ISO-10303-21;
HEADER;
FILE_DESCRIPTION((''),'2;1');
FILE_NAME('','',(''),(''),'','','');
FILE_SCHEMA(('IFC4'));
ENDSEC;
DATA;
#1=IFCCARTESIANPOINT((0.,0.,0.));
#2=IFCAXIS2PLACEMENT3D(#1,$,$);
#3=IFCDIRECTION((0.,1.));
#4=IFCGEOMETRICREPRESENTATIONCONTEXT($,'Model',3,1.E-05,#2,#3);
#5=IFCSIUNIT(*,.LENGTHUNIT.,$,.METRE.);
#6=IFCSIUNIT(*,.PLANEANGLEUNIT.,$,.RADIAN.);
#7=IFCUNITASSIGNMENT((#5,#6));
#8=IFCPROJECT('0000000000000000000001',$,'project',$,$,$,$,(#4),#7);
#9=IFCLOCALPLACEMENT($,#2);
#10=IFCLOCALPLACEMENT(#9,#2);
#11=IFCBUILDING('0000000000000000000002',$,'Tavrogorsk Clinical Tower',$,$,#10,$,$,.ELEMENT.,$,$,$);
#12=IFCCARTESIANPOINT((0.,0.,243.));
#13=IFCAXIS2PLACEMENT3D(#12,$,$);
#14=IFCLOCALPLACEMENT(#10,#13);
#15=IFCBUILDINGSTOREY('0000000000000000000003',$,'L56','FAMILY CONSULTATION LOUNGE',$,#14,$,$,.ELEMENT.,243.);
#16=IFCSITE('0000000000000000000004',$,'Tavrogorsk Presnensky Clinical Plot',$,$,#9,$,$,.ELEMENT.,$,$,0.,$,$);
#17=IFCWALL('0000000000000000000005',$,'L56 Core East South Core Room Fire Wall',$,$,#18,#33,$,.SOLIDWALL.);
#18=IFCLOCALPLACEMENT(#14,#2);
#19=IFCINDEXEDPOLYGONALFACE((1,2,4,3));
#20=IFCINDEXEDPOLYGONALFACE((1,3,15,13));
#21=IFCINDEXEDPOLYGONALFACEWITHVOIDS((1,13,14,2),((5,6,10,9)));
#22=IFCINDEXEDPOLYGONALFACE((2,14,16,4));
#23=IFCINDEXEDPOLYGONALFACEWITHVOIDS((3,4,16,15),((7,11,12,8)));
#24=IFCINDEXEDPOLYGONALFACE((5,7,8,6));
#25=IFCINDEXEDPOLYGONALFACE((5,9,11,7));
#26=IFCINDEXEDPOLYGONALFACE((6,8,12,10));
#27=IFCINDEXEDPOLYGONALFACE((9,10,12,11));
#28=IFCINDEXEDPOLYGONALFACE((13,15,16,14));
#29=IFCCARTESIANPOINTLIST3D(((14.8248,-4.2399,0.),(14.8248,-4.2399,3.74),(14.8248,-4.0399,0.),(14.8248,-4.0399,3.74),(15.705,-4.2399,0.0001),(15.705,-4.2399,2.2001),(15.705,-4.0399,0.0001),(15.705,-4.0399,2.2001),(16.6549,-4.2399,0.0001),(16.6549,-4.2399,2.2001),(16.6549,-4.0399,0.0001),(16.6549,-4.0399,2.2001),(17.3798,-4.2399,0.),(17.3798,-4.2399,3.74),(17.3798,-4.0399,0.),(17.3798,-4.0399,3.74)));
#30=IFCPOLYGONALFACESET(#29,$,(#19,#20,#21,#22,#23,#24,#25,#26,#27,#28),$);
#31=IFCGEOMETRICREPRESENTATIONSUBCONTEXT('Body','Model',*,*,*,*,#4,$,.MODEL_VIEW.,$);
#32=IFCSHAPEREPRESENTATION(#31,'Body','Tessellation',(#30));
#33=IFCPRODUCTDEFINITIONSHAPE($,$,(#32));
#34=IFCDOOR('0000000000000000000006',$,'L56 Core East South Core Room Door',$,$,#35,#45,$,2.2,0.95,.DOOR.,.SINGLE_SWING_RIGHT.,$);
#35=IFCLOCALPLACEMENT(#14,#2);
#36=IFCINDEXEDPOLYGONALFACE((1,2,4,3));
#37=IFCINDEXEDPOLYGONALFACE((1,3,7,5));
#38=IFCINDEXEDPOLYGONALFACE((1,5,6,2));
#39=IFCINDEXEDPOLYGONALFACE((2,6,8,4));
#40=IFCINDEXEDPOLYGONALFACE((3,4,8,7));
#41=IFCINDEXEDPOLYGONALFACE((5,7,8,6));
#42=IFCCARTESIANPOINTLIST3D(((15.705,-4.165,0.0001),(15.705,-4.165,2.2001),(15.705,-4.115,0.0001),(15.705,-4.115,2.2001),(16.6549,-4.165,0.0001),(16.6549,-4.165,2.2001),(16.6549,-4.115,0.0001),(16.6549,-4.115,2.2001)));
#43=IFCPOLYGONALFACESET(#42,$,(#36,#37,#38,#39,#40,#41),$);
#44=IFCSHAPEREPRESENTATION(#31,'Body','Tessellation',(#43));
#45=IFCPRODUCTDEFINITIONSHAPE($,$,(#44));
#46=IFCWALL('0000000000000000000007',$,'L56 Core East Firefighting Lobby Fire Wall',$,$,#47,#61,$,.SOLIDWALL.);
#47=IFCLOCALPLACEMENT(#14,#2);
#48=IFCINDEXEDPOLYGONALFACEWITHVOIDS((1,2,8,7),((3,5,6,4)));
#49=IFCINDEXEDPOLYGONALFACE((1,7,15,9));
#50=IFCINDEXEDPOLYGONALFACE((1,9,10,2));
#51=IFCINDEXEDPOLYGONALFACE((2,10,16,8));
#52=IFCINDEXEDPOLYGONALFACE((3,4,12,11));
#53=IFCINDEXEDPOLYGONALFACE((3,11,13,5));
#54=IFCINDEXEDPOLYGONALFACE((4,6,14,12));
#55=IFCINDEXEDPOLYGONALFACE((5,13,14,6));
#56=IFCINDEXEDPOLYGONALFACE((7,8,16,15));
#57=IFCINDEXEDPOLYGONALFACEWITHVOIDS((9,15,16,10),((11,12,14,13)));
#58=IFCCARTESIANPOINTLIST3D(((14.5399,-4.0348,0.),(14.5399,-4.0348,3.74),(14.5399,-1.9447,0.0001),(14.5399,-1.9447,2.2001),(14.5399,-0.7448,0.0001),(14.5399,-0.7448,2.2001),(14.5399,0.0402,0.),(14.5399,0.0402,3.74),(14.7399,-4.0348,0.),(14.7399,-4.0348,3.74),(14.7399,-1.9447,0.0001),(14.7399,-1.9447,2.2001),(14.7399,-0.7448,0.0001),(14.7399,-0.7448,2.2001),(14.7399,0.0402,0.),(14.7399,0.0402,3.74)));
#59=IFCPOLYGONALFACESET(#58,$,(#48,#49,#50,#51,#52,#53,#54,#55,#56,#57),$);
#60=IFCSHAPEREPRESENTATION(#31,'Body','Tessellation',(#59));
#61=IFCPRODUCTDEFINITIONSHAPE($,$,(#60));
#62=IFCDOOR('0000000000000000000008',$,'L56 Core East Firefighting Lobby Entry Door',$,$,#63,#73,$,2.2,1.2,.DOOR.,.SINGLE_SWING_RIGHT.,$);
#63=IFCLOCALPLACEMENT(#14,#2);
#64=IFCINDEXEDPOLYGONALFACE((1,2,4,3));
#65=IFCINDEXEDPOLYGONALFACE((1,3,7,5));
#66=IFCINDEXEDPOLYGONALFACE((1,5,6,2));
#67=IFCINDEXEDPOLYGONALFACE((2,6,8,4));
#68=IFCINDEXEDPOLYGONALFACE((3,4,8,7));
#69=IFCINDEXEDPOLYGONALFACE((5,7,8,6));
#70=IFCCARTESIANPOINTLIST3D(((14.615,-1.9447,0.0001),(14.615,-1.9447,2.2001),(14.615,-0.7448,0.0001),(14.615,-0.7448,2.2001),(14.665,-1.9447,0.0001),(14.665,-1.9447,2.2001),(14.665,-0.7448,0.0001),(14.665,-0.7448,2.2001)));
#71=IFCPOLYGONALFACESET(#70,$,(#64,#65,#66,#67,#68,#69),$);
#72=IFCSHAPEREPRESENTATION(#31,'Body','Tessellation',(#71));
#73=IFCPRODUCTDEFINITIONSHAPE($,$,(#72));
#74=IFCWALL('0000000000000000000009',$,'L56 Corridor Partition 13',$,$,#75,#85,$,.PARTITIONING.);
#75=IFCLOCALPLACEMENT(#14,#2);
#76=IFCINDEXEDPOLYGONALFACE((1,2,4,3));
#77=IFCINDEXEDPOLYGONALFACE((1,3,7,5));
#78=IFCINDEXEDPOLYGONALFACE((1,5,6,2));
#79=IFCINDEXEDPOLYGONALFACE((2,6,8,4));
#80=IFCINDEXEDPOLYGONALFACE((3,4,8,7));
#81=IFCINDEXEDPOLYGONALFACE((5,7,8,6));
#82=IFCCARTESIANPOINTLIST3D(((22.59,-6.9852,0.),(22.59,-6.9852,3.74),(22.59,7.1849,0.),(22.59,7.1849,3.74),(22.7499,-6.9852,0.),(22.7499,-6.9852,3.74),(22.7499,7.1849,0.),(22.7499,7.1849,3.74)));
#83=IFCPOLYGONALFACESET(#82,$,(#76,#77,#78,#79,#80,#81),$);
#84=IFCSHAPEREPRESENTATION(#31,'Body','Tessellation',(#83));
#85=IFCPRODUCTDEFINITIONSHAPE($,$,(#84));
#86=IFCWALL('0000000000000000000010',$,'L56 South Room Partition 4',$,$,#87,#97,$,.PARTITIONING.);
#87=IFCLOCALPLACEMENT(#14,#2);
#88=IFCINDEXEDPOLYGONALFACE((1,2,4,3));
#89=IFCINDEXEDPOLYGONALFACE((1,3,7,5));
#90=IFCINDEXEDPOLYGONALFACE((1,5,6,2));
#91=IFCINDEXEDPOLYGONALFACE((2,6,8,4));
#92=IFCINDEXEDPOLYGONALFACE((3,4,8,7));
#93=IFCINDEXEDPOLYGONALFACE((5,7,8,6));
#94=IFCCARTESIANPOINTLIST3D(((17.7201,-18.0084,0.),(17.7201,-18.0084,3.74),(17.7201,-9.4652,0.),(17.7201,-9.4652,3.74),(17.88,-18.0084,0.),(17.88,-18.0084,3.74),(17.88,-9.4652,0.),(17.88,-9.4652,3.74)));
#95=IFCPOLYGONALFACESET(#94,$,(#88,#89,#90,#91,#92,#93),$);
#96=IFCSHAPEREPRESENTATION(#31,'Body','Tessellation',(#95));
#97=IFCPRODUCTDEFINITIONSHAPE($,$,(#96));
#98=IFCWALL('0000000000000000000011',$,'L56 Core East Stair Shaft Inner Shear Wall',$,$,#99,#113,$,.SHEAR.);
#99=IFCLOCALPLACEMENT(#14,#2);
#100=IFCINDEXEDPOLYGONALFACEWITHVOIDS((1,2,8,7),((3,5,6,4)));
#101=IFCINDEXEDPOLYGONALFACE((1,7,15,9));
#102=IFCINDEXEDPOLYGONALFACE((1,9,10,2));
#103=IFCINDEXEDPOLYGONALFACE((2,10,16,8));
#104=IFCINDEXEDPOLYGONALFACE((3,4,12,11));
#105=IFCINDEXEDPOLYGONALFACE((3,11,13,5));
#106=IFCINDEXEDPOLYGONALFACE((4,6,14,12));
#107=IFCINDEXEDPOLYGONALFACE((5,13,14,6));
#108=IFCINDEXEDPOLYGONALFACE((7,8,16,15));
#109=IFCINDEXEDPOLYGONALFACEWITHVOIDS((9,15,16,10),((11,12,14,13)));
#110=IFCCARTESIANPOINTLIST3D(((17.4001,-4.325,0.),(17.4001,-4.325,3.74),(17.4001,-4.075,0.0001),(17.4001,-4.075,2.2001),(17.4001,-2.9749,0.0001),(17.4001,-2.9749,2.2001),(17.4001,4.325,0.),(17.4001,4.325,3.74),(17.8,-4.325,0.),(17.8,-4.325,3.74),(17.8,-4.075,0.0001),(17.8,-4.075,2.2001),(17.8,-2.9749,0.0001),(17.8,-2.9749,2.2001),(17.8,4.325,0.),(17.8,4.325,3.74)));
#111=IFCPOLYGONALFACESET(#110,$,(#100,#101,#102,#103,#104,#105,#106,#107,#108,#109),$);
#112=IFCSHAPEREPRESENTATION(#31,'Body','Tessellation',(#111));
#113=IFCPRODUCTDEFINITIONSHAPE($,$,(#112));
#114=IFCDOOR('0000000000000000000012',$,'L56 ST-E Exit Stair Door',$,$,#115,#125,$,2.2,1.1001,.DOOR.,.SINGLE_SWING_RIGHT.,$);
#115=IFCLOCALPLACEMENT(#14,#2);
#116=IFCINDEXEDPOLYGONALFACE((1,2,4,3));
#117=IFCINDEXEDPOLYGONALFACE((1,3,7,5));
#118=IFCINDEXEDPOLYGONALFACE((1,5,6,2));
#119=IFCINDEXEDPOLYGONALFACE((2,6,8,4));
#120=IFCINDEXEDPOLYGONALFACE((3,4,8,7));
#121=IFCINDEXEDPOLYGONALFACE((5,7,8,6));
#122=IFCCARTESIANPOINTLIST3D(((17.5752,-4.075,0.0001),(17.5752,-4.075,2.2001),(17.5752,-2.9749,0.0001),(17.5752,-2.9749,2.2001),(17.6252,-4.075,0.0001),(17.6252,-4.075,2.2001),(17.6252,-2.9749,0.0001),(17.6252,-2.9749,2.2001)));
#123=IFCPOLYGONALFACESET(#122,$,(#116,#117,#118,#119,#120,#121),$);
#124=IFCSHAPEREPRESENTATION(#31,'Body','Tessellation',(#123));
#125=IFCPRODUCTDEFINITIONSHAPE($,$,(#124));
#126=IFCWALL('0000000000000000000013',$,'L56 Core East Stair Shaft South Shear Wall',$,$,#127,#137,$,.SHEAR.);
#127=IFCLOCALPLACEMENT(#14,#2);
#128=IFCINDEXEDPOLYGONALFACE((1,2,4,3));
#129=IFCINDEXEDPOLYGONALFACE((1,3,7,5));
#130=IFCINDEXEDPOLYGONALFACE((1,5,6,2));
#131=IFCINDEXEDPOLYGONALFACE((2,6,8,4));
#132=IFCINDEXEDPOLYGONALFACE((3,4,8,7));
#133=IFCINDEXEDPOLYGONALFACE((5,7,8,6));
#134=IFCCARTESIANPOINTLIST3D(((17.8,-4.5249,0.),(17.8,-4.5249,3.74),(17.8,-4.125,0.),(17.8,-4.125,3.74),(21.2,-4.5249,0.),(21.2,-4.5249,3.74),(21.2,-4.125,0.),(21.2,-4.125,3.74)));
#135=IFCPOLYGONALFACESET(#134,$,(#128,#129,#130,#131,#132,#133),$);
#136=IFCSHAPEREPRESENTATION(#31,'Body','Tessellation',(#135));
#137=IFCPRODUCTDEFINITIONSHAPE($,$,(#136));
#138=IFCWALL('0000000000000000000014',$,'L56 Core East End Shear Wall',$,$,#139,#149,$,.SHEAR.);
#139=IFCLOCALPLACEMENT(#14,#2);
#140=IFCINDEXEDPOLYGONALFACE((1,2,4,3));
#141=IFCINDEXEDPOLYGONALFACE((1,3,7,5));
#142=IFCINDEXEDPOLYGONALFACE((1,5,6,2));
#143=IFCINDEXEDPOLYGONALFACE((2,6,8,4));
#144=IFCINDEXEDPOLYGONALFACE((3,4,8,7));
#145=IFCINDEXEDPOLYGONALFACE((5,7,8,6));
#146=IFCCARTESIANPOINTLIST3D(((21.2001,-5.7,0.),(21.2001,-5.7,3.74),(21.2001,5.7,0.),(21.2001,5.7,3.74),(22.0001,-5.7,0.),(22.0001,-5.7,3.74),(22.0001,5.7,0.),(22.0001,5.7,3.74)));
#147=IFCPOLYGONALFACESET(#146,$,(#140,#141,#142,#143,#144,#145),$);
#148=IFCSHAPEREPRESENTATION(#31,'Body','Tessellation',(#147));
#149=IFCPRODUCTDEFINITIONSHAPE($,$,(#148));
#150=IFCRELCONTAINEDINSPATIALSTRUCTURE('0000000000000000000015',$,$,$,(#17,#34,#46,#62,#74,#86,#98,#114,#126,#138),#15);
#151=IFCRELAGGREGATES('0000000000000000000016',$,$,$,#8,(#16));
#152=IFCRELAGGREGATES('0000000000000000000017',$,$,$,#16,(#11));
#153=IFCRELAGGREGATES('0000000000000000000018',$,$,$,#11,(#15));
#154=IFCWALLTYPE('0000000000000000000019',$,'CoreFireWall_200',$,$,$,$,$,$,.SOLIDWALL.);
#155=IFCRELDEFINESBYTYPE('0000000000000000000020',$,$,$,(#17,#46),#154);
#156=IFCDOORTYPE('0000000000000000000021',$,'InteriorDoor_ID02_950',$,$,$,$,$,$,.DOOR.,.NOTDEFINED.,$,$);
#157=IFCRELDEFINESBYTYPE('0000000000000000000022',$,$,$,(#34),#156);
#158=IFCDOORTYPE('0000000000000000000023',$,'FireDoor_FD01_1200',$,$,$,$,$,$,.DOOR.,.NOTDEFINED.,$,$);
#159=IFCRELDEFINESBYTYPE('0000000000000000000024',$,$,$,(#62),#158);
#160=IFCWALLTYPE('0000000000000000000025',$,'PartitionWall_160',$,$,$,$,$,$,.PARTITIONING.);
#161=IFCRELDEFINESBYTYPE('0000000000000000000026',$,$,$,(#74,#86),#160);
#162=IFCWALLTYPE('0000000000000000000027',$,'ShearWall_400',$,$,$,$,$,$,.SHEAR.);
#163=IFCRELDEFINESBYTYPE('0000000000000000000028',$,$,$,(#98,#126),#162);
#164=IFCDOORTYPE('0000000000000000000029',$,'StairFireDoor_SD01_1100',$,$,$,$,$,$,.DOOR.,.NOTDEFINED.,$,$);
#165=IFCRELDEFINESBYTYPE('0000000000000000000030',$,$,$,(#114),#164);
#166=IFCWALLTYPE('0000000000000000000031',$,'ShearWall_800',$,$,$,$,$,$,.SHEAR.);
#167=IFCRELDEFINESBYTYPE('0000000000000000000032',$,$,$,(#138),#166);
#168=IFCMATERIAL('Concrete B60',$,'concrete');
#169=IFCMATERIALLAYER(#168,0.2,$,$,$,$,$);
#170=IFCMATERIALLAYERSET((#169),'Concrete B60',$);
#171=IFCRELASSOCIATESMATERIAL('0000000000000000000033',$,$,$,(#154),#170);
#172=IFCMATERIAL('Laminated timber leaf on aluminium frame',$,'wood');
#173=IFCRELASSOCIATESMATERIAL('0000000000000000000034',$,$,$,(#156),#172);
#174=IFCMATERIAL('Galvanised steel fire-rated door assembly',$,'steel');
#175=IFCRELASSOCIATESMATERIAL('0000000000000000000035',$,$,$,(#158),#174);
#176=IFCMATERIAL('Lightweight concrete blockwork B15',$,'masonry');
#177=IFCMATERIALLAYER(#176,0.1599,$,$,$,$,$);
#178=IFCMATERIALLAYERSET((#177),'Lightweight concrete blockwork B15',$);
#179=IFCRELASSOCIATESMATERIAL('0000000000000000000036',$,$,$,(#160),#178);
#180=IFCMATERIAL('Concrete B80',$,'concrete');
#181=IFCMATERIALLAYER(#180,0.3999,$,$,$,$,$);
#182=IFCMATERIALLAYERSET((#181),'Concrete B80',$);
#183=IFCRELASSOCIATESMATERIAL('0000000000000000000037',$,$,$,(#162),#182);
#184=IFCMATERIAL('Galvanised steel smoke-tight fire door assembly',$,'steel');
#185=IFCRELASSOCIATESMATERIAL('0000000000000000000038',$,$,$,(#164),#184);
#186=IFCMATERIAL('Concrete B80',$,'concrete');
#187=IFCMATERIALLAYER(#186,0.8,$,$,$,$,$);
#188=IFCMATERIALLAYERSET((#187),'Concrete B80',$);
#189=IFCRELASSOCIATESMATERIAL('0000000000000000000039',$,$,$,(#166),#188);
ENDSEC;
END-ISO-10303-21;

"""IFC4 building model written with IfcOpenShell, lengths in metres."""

from ifc_helpers import new_model, si_unit, direction, frame, frame_2d, origin, place, context, subcontext, project, spatial, rectangle, extrude, material, layer, layer_set, type_object, element, fill, save


model = new_model("IFC4")

# Units and contexts
model_context = context("Model", 3, precision=1e-05, world=origin(), true_north=direction((0.0, 1.0)))
body_context = subcontext(model_context, "Body", "Model", "MODEL_VIEW")
ifc_project = project(units=[si_unit("LENGTHUNIT", "METRE"), si_unit("PLANEANGLEUNIT", "RADIAN")], contexts=[model_context])

# Site, building, storey
site_placement = place(None, origin())
site = spatial("IfcSite", under=ifc_project, at=site_placement, Name="Tavrogorsk Presnensky Clinical Plot", CompositionType="ELEMENT", RefElevation=0.0)
building_placement = place(site_placement, origin())
building = spatial("IfcBuilding", under=site, at=building_placement, Name="Tavrogorsk Clinical Tower", CompositionType="ELEMENT")
storey_placement = place(building_placement, frame((0.0, 0.0, 243.0)))
storey = spatial("IfcBuildingStorey", under=building, at=storey_placement, Name="L56", Description="FAMILY CONSULTATION LOUNGE", CompositionType="ELEMENT", Elevation=243.0)

# Walls, openings, doors
ifc_material_1 = material(Name="Concrete B60", Category="concrete")
ifc_layer_1 = layer(ifc_material_1, 0.2)
ifc_layer_set_1 = layer_set([ifc_layer_1], Name="Concrete B60")
wall_type_1 = type_object("IfcWallType", Name="CoreFireWall_200", PredefinedType="SOLIDWALL", material=ifc_layer_set_1)
wall_1_placement = place(storey_placement, frame((14.825, -4.1399, 0.0), z_axis=(0.0, 0.0, 1.0), x_axis=(1.0, 0.0, 0.0)))
wall_1 = element("IfcWall", 1, at=wall_1_placement, inside=storey, type_object=wall_type_1, Name="L56 Core East South Core Room Fire Wall", PredefinedType="SOLIDWALL", context=body_context, shape_type="SweptSolid", body=[
    extrude(rectangle(XDim=2.5549, YDim=0.2, at=frame_2d((1.2773, 0.0))), origin(), (0.0, 0.0, 1.0), 3.74),
])
opening_1_placement = place(wall_1_placement, frame((0.8799, 0.0, 0.0)))
opening_1 = element("IfcOpeningElement", 2, at=opening_1_placement, cuts=wall_1, PredefinedType="OPENING", context=body_context, shape_type="SweptSolid", body=[
    extrude(rectangle(XDim=0.95, YDim=2.2, at=frame_2d((0.4751, 1.1001))), frame((0.0, 0.1099, 0.0), z_axis=(0.0, -1.0, 0.0), x_axis=(1.0, 0.0, 0.0)), (0.0, 0.0, 1.0), 0.22),
])
ifc_material_2 = material(Name="Laminated timber leaf on aluminium frame", Category="wood")
door_type_1 = type_object("IfcDoorType", Name="InteriorDoor_ID02_950", OperationType="NOTDEFINED", PredefinedType="DOOR", material=ifc_material_2)
door_1_placement = place(opening_1_placement, origin())
door_1 = element("IfcDoor", 3, at=door_1_placement, inside=storey, type_object=door_type_1, Name="L56 Core East South Core Room Door", OperationType="SINGLE_SWING_RIGHT", OverallHeight=2.2, OverallWidth=0.95, PredefinedType="DOOR", context=body_context, shape_type="SweptSolid", body=[
    extrude(rectangle(XDim=0.95, YDim=2.2, at=frame_2d((0.4751, 1.1001))), frame((0.0, 0.0249, 0.0), z_axis=(0.0, -1.0, 0.0), x_axis=(1.0, 0.0, 0.0)), (0.0, 0.0, 1.0), 0.05),
])
fill(opening_1, door_1)
wall_2_placement = place(storey_placement, frame((14.6399, -4.0349, 0.0), z_axis=(0.0, 0.0, 1.0), x_axis=(0.0, 1.0, 0.0)))
wall_2 = element("IfcWall", 4, at=wall_2_placement, inside=storey, type_object=wall_type_1, Name="L56 Core East Firefighting Lobby Fire Wall", PredefinedType="SOLIDWALL", context=body_context, shape_type="SweptSolid", body=[
    extrude(rectangle(XDim=4.075, YDim=0.2, at=frame_2d((2.0376, 0.0))), origin(), (0.0, 0.0, 1.0), 3.74),
])
opening_2_placement = place(wall_2_placement, frame((2.0901, 0.0, 0.0)))
opening_2 = element("IfcOpeningElement", 5, at=opening_2_placement, cuts=wall_2, PredefinedType="OPENING", context=body_context, shape_type="SweptSolid", body=[
    extrude(rectangle(XDim=1.2, YDim=2.2, at=frame_2d((0.6001, 1.1001))), frame((0.0, 0.1099, 0.0), z_axis=(0.0, -1.0, 0.0), x_axis=(1.0, 0.0, 0.0)), (0.0, 0.0, 1.0), 0.22),
])
ifc_material_3 = material(Name="Galvanised steel fire-rated door assembly", Category="steel")
door_type_2 = type_object("IfcDoorType", Name="FireDoor_FD01_1200", OperationType="NOTDEFINED", PredefinedType="DOOR", material=ifc_material_3)
door_2_placement = place(opening_2_placement, origin())
door_2 = element("IfcDoor", 6, at=door_2_placement, inside=storey, type_object=door_type_2, Name="L56 Core East Firefighting Lobby Entry Door", OperationType="SINGLE_SWING_RIGHT", OverallHeight=2.2, OverallWidth=1.2, PredefinedType="DOOR", context=body_context, shape_type="SweptSolid", body=[
    extrude(rectangle(XDim=1.2, YDim=2.2, at=frame_2d((0.6001, 1.1001))), frame((0.0, 0.0249, 0.0), z_axis=(0.0, -1.0, 0.0), x_axis=(1.0, 0.0, 0.0)), (0.0, 0.0, 1.0), 0.05),
])
fill(opening_2, door_2)

# Walls
ifc_material_4 = material(Name="Lightweight concrete blockwork B15", Category="masonry")
ifc_layer_2 = layer(ifc_material_4, 0.1599)
ifc_layer_set_2 = layer_set([ifc_layer_2], Name="Lightweight concrete blockwork B15")
wall_type_2 = type_object("IfcWallType", Name="PartitionWall_160", PredefinedType="PARTITIONING", material=ifc_layer_set_2)
wall_3_placement = place(storey_placement, frame((22.6699, -6.9851, 0.0), z_axis=(0.0, 0.0, 1.0), x_axis=(0.0, 1.0, 0.0)))
element("IfcWall", 7, at=wall_3_placement, inside=storey, type_object=wall_type_2, Name="L56 Corridor Partition 13", PredefinedType="PARTITIONING", context=body_context, shape_type="SweptSolid", body=[
    extrude(rectangle(XDim=14.1702, YDim=0.1599, at=frame_2d((7.085, 0.0))), origin(), (0.0, 0.0, 1.0), 3.74),
])
wall_4_placement = place(storey_placement, frame((17.8, -18.0083, 0.0), z_axis=(0.0, 0.0, 1.0), x_axis=(0.0, 1.0, 0.0)))
element("IfcWall", 8, at=wall_4_placement, inside=storey, type_object=wall_type_2, Name="L56 South Room Partition 4", PredefinedType="PARTITIONING", context=body_context, shape_type="SweptSolid", body=[
    extrude(rectangle(XDim=8.5432, YDim=0.1599, at=frame_2d((4.2715, 0.0))), origin(), (0.0, 0.0, 1.0), 3.74),
])

# Wall, opening, door
ifc_material_5 = material(Name="Concrete B80", Category="concrete")
ifc_layer_3 = layer(ifc_material_5, 0.3999)
ifc_layer_set_3 = layer_set([ifc_layer_3], Name="Concrete B80")
wall_type_3 = type_object("IfcWallType", Name="ShearWall_400", PredefinedType="SHEAR", material=ifc_layer_set_3)
wall_5_placement = place(storey_placement, frame((17.6001, -4.325, 0.0), z_axis=(0.0, 0.0, 1.0), x_axis=(0.0, 1.0, 0.0)))
wall_5 = element("IfcWall", 9, at=wall_5_placement, inside=storey, type_object=wall_type_3, Name="L56 Core East Stair Shaft Inner Shear Wall", PredefinedType="SHEAR", context=body_context, shape_type="SweptSolid", body=[
    extrude(rectangle(XDim=8.6499, YDim=0.3999, at=frame_2d((4.325, 0.0))), origin(), (0.0, 0.0, 1.0), 3.74),
])
opening_3_placement = place(wall_5_placement, frame((0.25, 0.0, 0.0)))
opening_3 = element("IfcOpeningElement", 10, at=opening_3_placement, cuts=wall_5, PredefinedType="OPENING", context=body_context, shape_type="SweptSolid", body=[
    extrude(rectangle(XDim=1.1001, YDim=2.2, at=frame_2d((0.55, 1.1001))), frame((0.0, 0.21, 0.0), z_axis=(0.0, -1.0, 0.0), x_axis=(1.0, 0.0, 0.0)), (0.0, 0.0, 1.0), 0.4199),
])
ifc_material_6 = material(Name="Galvanised steel smoke-tight fire door assembly", Category="steel")
door_type_3 = type_object("IfcDoorType", Name="StairFireDoor_SD01_1100", OperationType="NOTDEFINED", PredefinedType="DOOR", material=ifc_material_6)
door_3_placement = place(opening_3_placement, origin())
door_3 = element("IfcDoor", 11, at=door_3_placement, inside=storey, type_object=door_type_3, Name="L56 ST-E Exit Stair Door", OperationType="SINGLE_SWING_RIGHT", OverallHeight=2.2, OverallWidth=1.1001, PredefinedType="DOOR", context=body_context, shape_type="SweptSolid", body=[
    extrude(rectangle(XDim=1.1001, YDim=2.2, at=frame_2d((0.55, 1.1001))), frame((0.0, 0.0249, 0.0), z_axis=(0.0, -1.0, 0.0), x_axis=(1.0, 0.0, 0.0)), (0.0, 0.0, 1.0), 0.05),
])
fill(opening_3, door_3)

# Walls
wall_6_placement = place(storey_placement, frame((17.8, -4.325, 0.0), z_axis=(0.0, 0.0, 1.0), x_axis=(1.0, 0.0, 0.0)))
element("IfcWall", 12, at=wall_6_placement, inside=storey, type_object=wall_type_3, Name="L56 Core East Stair Shaft South Shear Wall", PredefinedType="SHEAR", context=body_context, shape_type="SweptSolid", body=[
    extrude(rectangle(XDim=3.3999, YDim=0.3999, at=frame_2d((1.7, 0.0))), origin(), (0.0, 0.0, 1.0), 3.74),
])
ifc_material_7 = material(Name="Concrete B80", Category="concrete")
ifc_layer_4 = layer(ifc_material_7, 0.8)
ifc_layer_set_4 = layer_set([ifc_layer_4], Name="Concrete B80")
wall_type_4 = type_object("IfcWallType", Name="ShearWall_800", PredefinedType="SHEAR", material=ifc_layer_set_4)
wall_7_placement = place(storey_placement, frame((21.6001, -5.7, 0.0), z_axis=(0.0, 0.0, 1.0), x_axis=(0.0, 1.0, 0.0)))
element("IfcWall", 13, at=wall_7_placement, inside=storey, type_object=wall_type_4, Name="L56 Core East End Shear Wall", PredefinedType="SHEAR", context=body_context, shape_type="SweptSolid", body=[
    extrude(rectangle(XDim=11.3999, YDim=0.8, at=frame_2d((5.7, 0.0))), origin(), (0.0, 0.0, 1.0), 3.74),
])

save(model, "model.ifc")
